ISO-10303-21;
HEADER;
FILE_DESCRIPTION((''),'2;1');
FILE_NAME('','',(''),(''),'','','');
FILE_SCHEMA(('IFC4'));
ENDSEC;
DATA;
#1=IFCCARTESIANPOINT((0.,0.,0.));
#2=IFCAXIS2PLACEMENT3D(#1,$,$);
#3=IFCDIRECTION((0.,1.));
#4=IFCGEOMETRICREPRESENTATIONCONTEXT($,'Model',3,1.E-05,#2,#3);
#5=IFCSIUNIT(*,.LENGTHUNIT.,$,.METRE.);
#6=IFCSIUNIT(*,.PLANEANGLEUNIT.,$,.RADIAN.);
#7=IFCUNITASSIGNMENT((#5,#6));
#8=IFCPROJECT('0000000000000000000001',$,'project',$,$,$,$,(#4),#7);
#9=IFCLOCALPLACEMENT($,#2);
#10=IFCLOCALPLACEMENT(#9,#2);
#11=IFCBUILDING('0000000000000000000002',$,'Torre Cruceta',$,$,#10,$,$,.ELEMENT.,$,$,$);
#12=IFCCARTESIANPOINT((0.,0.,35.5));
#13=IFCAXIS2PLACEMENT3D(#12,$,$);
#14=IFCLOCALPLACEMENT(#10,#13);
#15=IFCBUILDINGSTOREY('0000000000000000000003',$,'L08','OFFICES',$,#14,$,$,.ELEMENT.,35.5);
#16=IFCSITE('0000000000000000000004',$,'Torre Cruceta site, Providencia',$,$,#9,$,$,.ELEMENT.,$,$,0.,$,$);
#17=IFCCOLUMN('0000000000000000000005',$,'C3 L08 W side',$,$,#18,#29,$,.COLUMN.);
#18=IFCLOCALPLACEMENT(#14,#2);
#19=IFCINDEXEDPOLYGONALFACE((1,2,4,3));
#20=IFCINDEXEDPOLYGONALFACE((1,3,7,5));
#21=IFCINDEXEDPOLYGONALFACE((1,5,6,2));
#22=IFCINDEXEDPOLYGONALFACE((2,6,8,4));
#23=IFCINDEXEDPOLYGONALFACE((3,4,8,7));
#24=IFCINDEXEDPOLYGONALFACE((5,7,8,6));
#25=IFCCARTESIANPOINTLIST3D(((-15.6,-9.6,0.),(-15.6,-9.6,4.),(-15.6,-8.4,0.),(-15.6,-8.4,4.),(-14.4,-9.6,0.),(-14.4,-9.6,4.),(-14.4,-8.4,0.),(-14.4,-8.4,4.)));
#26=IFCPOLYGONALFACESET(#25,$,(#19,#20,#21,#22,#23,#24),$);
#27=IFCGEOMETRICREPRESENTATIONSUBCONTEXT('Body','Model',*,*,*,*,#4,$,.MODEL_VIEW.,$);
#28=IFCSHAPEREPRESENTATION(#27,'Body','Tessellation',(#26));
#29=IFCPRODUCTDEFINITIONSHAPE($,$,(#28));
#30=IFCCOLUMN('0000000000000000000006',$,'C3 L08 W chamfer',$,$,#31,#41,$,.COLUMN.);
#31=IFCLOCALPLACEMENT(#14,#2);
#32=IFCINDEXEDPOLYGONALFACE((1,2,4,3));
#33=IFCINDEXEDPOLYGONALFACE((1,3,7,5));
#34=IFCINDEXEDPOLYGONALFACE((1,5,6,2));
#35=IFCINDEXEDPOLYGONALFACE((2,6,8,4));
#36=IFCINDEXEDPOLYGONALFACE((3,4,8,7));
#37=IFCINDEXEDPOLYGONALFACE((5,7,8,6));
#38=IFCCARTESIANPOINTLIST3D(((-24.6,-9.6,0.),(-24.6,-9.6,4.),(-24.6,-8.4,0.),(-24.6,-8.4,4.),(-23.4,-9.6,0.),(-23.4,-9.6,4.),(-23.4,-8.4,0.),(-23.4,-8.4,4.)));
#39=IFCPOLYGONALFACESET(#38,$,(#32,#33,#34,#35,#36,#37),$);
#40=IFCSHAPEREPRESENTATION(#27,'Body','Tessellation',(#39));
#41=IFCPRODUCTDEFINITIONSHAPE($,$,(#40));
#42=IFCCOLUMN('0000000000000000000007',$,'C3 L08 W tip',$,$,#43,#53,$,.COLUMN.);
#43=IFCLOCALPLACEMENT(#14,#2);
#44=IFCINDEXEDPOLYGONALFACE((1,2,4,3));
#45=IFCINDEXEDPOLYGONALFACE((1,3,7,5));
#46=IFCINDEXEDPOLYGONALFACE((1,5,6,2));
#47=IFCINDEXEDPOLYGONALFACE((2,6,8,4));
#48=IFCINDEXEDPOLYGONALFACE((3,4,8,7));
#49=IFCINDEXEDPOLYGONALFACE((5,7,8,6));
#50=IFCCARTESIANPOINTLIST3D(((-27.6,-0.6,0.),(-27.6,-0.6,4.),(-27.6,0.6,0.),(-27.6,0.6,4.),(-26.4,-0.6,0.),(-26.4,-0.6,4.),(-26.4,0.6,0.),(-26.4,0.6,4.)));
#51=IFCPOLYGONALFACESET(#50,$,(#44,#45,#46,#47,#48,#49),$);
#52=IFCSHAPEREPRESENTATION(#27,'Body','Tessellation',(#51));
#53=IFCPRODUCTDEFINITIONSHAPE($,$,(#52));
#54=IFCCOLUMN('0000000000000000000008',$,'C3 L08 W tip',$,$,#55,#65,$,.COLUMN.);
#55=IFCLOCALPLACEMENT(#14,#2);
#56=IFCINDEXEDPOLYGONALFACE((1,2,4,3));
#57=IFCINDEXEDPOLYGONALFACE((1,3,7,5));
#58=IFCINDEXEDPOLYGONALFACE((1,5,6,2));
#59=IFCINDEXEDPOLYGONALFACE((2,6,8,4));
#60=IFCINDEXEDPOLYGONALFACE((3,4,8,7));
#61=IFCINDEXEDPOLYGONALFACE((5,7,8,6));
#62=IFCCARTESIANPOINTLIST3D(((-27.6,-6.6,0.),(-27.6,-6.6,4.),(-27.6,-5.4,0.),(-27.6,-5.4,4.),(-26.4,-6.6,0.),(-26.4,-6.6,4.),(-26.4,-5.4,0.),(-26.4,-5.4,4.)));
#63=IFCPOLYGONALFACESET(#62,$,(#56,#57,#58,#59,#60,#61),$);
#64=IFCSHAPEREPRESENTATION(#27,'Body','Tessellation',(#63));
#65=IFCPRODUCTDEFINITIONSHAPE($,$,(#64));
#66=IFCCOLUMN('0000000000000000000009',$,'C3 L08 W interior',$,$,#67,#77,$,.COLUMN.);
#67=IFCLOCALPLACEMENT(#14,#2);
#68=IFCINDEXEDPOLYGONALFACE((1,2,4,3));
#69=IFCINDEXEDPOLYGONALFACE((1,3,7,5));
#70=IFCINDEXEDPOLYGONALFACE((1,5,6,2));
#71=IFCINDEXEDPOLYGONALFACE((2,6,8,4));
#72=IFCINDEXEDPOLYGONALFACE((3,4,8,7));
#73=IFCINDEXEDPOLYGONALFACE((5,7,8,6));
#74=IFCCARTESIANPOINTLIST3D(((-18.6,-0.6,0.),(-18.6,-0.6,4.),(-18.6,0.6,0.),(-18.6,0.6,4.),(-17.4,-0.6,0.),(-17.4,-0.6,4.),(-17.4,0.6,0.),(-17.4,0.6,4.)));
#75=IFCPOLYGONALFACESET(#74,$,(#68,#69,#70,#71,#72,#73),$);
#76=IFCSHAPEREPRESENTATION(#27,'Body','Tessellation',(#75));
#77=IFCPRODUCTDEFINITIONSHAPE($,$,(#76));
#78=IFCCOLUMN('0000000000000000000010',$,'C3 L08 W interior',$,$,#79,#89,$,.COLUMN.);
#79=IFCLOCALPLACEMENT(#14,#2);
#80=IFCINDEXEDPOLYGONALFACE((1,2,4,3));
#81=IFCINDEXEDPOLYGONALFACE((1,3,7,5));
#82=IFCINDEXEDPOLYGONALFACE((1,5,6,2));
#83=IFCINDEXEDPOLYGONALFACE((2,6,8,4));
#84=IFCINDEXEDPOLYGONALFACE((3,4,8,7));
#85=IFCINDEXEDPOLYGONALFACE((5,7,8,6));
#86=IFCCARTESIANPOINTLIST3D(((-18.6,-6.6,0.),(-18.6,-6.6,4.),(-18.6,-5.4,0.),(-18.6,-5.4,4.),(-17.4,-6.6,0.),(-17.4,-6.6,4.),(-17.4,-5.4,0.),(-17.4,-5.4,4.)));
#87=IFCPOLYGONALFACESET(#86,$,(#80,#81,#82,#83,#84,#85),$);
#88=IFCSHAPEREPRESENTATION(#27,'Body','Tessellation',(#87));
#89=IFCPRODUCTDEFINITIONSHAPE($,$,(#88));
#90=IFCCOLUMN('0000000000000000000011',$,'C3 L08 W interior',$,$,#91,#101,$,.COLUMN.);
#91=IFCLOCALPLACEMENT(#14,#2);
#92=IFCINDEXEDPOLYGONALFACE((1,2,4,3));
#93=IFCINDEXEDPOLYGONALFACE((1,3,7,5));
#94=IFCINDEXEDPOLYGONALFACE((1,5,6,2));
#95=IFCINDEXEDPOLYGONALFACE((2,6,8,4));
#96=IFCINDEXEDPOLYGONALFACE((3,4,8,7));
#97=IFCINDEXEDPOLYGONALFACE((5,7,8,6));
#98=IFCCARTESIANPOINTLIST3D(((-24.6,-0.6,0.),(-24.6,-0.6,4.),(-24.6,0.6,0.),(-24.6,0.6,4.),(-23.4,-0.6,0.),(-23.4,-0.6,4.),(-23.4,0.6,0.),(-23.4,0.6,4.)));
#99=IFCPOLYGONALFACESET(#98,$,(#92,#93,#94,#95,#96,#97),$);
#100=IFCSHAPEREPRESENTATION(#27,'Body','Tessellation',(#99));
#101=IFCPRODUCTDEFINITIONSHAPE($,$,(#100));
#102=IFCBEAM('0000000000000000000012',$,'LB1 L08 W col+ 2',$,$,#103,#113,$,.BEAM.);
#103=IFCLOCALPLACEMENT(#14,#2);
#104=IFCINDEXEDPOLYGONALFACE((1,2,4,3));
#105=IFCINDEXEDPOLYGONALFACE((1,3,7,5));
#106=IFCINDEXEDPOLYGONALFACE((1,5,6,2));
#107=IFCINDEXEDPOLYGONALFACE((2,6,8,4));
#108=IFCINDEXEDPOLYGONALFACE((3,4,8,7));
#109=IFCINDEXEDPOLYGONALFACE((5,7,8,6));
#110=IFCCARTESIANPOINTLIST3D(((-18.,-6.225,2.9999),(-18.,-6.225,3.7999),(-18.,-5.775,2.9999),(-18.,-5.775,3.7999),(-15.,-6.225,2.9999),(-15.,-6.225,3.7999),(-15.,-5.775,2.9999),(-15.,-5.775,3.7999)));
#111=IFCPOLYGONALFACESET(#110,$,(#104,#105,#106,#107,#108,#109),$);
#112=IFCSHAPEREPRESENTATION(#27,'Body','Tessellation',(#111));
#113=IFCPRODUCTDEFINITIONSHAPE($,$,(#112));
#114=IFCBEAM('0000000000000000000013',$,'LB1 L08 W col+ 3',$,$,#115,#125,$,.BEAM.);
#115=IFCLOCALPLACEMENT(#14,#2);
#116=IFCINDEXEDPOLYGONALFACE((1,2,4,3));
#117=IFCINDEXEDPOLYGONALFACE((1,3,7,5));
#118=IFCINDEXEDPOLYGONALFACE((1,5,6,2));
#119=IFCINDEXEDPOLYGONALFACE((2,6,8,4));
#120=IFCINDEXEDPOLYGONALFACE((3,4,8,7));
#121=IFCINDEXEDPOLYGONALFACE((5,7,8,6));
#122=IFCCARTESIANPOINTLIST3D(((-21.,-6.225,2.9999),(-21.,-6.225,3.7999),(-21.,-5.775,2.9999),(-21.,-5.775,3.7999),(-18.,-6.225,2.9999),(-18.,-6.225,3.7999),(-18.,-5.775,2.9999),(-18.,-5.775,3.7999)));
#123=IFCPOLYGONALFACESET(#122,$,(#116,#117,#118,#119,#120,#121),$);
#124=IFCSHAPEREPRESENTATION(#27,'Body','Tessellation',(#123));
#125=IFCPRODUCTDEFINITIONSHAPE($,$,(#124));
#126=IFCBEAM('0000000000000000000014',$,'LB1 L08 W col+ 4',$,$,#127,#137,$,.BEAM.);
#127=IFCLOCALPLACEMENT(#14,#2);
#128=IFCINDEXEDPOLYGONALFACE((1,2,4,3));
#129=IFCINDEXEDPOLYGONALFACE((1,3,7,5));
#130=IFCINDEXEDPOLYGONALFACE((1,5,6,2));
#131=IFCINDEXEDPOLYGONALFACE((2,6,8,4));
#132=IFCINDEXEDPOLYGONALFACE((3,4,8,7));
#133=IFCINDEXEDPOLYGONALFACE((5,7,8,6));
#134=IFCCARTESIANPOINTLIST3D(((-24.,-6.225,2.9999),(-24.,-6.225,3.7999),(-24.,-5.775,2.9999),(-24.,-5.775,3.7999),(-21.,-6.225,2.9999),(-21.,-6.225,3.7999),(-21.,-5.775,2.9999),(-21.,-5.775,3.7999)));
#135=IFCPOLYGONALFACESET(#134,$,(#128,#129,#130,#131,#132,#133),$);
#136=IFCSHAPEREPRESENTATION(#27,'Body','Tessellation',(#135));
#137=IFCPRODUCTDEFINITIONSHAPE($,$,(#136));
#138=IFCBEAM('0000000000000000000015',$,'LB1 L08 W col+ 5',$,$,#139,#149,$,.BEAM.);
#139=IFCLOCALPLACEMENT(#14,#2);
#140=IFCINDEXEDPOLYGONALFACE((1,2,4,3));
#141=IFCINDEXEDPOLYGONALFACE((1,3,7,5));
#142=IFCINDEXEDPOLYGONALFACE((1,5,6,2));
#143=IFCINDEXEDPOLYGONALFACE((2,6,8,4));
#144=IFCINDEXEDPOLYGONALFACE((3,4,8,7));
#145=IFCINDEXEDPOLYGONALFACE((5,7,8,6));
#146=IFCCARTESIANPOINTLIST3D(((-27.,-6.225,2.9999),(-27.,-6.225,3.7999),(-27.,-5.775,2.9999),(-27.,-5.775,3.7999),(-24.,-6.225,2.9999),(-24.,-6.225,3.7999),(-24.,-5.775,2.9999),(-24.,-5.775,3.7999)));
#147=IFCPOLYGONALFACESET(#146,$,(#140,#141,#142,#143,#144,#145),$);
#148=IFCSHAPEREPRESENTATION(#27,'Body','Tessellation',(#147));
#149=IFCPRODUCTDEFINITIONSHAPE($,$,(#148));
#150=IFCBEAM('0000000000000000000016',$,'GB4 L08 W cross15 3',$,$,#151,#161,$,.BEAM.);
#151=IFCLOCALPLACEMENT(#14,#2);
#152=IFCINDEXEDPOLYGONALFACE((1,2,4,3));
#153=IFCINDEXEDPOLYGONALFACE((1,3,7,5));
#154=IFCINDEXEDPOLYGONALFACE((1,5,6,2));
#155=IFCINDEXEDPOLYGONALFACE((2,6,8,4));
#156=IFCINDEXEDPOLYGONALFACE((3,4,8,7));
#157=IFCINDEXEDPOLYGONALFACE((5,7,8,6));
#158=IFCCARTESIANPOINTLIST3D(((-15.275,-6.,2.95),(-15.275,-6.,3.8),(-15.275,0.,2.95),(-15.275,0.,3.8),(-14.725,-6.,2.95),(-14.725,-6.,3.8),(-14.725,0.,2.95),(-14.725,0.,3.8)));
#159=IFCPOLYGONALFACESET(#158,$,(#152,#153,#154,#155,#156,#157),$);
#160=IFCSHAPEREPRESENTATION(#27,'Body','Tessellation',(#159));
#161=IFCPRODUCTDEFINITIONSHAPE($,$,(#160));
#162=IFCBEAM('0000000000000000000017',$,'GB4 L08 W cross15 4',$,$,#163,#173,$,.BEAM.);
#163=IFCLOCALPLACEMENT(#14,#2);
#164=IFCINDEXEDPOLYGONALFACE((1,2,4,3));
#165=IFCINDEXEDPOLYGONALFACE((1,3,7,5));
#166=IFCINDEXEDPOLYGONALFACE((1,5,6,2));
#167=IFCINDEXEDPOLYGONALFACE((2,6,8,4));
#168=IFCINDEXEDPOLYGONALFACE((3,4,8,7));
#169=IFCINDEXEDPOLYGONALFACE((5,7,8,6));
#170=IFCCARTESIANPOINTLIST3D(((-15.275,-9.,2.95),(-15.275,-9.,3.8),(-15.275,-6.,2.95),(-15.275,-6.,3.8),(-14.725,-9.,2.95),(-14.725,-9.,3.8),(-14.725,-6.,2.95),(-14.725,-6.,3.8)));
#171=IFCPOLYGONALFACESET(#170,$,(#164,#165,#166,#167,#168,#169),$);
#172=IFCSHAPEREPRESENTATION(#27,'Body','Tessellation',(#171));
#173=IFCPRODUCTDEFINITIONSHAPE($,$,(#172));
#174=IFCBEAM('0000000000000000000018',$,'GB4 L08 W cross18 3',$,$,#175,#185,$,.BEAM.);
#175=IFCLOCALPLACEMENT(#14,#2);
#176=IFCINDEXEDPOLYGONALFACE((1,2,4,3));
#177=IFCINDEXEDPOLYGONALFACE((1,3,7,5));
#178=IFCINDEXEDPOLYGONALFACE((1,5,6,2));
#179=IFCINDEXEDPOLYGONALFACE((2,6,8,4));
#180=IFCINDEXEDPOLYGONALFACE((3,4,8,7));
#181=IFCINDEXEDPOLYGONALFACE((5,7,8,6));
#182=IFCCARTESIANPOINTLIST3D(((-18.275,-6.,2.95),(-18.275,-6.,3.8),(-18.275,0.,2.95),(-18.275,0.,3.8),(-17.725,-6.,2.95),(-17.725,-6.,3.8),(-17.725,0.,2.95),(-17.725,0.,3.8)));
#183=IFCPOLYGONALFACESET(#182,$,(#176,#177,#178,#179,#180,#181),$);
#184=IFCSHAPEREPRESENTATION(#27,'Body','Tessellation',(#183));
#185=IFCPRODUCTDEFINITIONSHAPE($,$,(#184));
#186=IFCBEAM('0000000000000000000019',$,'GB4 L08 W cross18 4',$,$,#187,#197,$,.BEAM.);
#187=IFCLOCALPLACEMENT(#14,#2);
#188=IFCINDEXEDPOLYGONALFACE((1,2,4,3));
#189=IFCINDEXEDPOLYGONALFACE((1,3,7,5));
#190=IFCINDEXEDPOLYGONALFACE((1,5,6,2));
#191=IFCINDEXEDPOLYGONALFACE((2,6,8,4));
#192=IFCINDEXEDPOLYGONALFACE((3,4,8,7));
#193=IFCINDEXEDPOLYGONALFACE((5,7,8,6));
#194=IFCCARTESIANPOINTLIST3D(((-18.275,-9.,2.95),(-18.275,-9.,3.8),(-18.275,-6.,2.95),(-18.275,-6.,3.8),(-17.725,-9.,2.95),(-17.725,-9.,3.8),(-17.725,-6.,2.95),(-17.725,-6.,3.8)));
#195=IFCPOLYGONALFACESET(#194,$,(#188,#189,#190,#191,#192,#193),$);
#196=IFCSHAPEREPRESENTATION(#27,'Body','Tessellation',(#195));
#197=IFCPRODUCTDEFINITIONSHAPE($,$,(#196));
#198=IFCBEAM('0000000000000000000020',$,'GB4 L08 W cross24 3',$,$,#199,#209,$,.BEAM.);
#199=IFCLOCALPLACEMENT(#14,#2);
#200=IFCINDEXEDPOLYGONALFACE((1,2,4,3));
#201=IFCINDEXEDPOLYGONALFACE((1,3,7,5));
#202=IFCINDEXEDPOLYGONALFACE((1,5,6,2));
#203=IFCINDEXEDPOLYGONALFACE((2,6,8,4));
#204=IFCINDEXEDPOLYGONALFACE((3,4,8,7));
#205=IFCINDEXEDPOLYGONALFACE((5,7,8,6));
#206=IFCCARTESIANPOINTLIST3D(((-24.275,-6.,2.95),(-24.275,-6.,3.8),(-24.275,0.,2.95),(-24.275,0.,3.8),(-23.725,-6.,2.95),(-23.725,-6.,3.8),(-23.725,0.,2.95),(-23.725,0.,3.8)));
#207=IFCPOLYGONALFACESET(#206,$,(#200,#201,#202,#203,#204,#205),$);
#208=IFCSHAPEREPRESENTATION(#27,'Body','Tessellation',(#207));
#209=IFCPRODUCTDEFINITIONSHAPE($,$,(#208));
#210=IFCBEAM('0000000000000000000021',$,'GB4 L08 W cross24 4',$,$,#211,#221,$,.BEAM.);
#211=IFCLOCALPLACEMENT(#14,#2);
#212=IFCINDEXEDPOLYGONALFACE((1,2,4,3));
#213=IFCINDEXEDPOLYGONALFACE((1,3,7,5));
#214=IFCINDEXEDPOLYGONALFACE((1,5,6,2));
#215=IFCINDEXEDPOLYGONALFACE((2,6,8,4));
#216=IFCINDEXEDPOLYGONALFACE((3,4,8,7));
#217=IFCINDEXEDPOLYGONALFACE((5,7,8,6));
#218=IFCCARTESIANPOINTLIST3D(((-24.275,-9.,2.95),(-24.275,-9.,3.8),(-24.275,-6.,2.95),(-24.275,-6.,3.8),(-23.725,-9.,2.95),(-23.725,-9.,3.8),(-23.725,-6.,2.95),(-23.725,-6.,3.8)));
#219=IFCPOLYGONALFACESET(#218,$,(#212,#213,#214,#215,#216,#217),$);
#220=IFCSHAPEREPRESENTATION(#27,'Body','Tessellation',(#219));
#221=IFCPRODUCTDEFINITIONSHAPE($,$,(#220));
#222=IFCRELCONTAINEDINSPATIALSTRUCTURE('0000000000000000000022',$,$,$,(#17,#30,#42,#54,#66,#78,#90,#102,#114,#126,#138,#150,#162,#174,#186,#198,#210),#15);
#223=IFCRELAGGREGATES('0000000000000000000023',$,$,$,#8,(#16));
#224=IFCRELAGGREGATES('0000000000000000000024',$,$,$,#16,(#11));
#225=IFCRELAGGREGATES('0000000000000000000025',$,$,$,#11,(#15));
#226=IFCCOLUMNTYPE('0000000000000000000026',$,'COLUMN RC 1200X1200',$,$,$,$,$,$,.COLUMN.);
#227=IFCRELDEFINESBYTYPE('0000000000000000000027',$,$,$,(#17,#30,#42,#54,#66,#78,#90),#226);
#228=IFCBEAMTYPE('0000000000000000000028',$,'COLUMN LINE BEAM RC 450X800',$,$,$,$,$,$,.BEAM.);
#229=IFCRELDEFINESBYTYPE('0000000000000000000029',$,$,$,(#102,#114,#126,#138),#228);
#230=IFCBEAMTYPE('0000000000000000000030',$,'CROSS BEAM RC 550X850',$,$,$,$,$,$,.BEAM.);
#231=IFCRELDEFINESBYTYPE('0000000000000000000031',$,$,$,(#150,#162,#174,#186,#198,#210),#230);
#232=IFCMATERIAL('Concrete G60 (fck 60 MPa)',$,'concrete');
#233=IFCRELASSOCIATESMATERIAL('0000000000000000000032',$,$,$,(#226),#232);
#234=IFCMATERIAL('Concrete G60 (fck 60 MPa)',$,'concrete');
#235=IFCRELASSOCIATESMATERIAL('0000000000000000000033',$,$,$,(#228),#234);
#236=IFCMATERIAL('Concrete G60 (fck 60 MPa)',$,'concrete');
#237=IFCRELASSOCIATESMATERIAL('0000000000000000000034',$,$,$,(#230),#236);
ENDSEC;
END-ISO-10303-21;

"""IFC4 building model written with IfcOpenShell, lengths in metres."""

from ifc_helpers import new_model, si_unit, direction, frame, origin, origin_2d, place, context, subcontext, project, spatial, rectangle, extrude, material, material_profile, profile_set, type_object, element, save


model = new_model("IFC4")

# Units and contexts
model_context = context("Model", 3, precision=1e-05, world=origin(), true_north=direction((0.0, 1.0)))
body_context = subcontext(model_context, "Body", "Model", "MODEL_VIEW")
ifc_project = project(units=[si_unit("LENGTHUNIT", "METRE"), si_unit("PLANEANGLEUNIT", "RADIAN")], contexts=[model_context])

# Site, building, storey
site_placement = place(None, origin())
site = spatial("IfcSite", under=ifc_project, at=site_placement, Name="Torre Cruceta site, Providencia", CompositionType="ELEMENT", RefElevation=0.0)
building_placement = place(site_placement, origin())
building = spatial("IfcBuilding", under=site, at=building_placement, Name="Torre Cruceta", CompositionType="ELEMENT")
storey_placement = place(building_placement, frame((0.0, 0.0, 35.5)))
storey = spatial("IfcBuildingStorey", under=building, at=storey_placement, Name="L08", Description="OFFICES", CompositionType="ELEMENT", Elevation=35.5)

# Columns
ifc_material_1 = material(Name="Concrete G60 (fck 60 MPa)", Category="concrete")
ifc_material_profile_1 = material_profile(ifc_material_1, rectangle(XDim=1.2, YDim=1.2, at=origin_2d()), Name="RC 1200X1200")
ifc_profile_set_1 = profile_set([ifc_material_profile_1], Name="Concrete G60 (fck 60 MPa)")
column_type = type_object("IfcColumnType", Name="COLUMN RC 1200X1200", PredefinedType="COLUMN", material=ifc_profile_set_1)
for number, where, z_axis, x_axis, name in (
    (1, (-15.0, -9.0, 0.0), (0.0, 0.0, 1.0), (1.0, 0.0, 0.0), "C3 L08 W side"),
    (2, (-24.0, -9.0, 0.0), (0.0, 0.0, 1.0), (1.0, 0.0, 0.0), "C3 L08 W chamfer"),
    (3, (-27.0, 0.0, 0.0), (0.0, 0.0, 1.0), (1.0, 0.0, 0.0), "C3 L08 W tip"),
    (4, (-27.0, -6.0, 0.0), (0.0, 0.0, 1.0), (1.0, 0.0, 0.0), "C3 L08 W tip"),
    (5, (-18.0, 0.0, 0.0), (0.0, 0.0, 1.0), (1.0, 0.0, 0.0), "C3 L08 W interior"),
    (6, (-18.0, -6.0, 0.0), (0.0, 0.0, 1.0), (1.0, 0.0, 0.0), "C3 L08 W interior"),
    (7, (-24.0, 0.0, 0.0), (0.0, 0.0, 1.0), (1.0, 0.0, 0.0), "C3 L08 W interior"),
):
    element("IfcColumn", number, at=place(storey_placement, frame(where, z_axis=z_axis, x_axis=x_axis)), inside=storey, type_object=column_type, Name=name, PredefinedType="COLUMN", context=body_context, shape_type="SweptSolid", body=[
        extrude(rectangle(XDim=1.2, YDim=1.2, at=origin_2d()), origin(), (0.0, 0.0, 1.0), 4.0),
    ])

# Beams
ifc_material_2 = material(Name="Concrete G60 (fck 60 MPa)", Category="concrete")
ifc_material_profile_2 = material_profile(ifc_material_2, rectangle(XDim=0.45, YDim=0.8, at=origin_2d()), Name="RC 450X800")
ifc_profile_set_2 = profile_set([ifc_material_profile_2], Name="Concrete G60 (fck 60 MPa)")
beam_type_1 = type_object("IfcBeamType", Name="COLUMN LINE BEAM RC 450X800", PredefinedType="BEAM", material=ifc_profile_set_2)
for number, where, z_axis, x_axis, name in (
    (8, (-15.0, -6.0, 3.3999), (-1.0, 0.0, 0.0), (0.0, -1.0, 0.0), "LB1 L08 W col+ 2"),
    (9, (-18.0, -6.0, 3.3999), (-1.0, 0.0, 0.0), (0.0, -1.0, 0.0), "LB1 L08 W col+ 3"),
    (10, (-21.0, -6.0, 3.3999), (-1.0, 0.0, 0.0), (0.0, -1.0, 0.0), "LB1 L08 W col+ 4"),
    (11, (-24.0, -6.0, 3.3999), (-1.0, 0.0, 0.0), (0.0, -1.0, 0.0), "LB1 L08 W col+ 5"),
):
    element("IfcBeam", number, at=place(storey_placement, frame(where, z_axis=z_axis, x_axis=x_axis)), inside=storey, type_object=beam_type_1, Name=name, PredefinedType="BEAM", context=body_context, shape_type="SweptSolid", body=[
        extrude(rectangle(XDim=0.45, YDim=0.8, at=origin_2d()), origin(), (0.0, 0.0, 1.0), 3.0),
    ])
ifc_material_3 = material(Name="Concrete G60 (fck 60 MPa)", Category="concrete")
ifc_material_profile_3 = material_profile(ifc_material_3, rectangle(XDim=0.55, YDim=0.8501, at=origin_2d()), Name="RC 550X850")
ifc_profile_set_3 = profile_set([ifc_material_profile_3], Name="Concrete G60 (fck 60 MPa)")
beam_type_2 = type_object("IfcBeamType", Name="CROSS BEAM RC 550X850", PredefinedType="BEAM", material=ifc_profile_set_3)
beam_1_placement = place(storey_placement, frame((-15.0, 0.0, 3.375), z_axis=(0.0, -1.0, 0.0), x_axis=(1.0, 0.0, 0.0)))
element("IfcBeam", 12, at=beam_1_placement, inside=storey, type_object=beam_type_2, Name="GB4 L08 W cross15 3", PredefinedType="BEAM", context=body_context, shape_type="SweptSolid", body=[
    extrude(rectangle(XDim=0.55, YDim=0.8501, at=origin_2d()), origin(), (0.0, 0.0, 1.0), 6.0),
])
beam_2_placement = place(storey_placement, frame((-15.0, -6.0, 3.375), z_axis=(0.0, -1.0, 0.0), x_axis=(1.0, 0.0, 0.0)))
element("IfcBeam", 13, at=beam_2_placement, inside=storey, type_object=beam_type_2, Name="GB4 L08 W cross15 4", PredefinedType="BEAM", context=body_context, shape_type="SweptSolid", body=[
    extrude(rectangle(XDim=0.55, YDim=0.8501, at=origin_2d()), origin(), (0.0, 0.0, 1.0), 3.0),
])
beam_3_placement = place(storey_placement, frame((-18.0, 0.0, 3.375), z_axis=(0.0, -1.0, 0.0), x_axis=(1.0, 0.0, 0.0)))
element("IfcBeam", 14, at=beam_3_placement, inside=storey, type_object=beam_type_2, Name="GB4 L08 W cross18 3", PredefinedType="BEAM", context=body_context, shape_type="SweptSolid", body=[
    extrude(rectangle(XDim=0.55, YDim=0.8501, at=origin_2d()), origin(), (0.0, 0.0, 1.0), 6.0),
])
beam_4_placement = place(storey_placement, frame((-18.0, -6.0, 3.375), z_axis=(0.0, -1.0, 0.0), x_axis=(1.0, 0.0, 0.0)))
element("IfcBeam", 15, at=beam_4_placement, inside=storey, type_object=beam_type_2, Name="GB4 L08 W cross18 4", PredefinedType="BEAM", context=body_context, shape_type="SweptSolid", body=[
    extrude(rectangle(XDim=0.55, YDim=0.8501, at=origin_2d()), origin(), (0.0, 0.0, 1.0), 3.0),
])
beam_5_placement = place(storey_placement, frame((-24.0, 0.0, 3.375), z_axis=(0.0, -1.0, 0.0), x_axis=(1.0, 0.0, 0.0)))
element("IfcBeam", 16, at=beam_5_placement, inside=storey, type_object=beam_type_2, Name="GB4 L08 W cross24 3", PredefinedType="BEAM", context=body_context, shape_type="SweptSolid", body=[
    extrude(rectangle(XDim=0.55, YDim=0.8501, at=origin_2d()), origin(), (0.0, 0.0, 1.0), 6.0),
])
beam_6_placement = place(storey_placement, frame((-24.0, -6.0, 3.375), z_axis=(0.0, -1.0, 0.0), x_axis=(1.0, 0.0, 0.0)))
element("IfcBeam", 17, at=beam_6_placement, inside=storey, type_object=beam_type_2, Name="GB4 L08 W cross24 4", PredefinedType="BEAM", context=body_context, shape_type="SweptSolid", body=[
    extrude(rectangle(XDim=0.55, YDim=0.8501, at=origin_2d()), origin(), (0.0, 0.0, 1.0), 3.0),
])

save(model, "model.ifc")
